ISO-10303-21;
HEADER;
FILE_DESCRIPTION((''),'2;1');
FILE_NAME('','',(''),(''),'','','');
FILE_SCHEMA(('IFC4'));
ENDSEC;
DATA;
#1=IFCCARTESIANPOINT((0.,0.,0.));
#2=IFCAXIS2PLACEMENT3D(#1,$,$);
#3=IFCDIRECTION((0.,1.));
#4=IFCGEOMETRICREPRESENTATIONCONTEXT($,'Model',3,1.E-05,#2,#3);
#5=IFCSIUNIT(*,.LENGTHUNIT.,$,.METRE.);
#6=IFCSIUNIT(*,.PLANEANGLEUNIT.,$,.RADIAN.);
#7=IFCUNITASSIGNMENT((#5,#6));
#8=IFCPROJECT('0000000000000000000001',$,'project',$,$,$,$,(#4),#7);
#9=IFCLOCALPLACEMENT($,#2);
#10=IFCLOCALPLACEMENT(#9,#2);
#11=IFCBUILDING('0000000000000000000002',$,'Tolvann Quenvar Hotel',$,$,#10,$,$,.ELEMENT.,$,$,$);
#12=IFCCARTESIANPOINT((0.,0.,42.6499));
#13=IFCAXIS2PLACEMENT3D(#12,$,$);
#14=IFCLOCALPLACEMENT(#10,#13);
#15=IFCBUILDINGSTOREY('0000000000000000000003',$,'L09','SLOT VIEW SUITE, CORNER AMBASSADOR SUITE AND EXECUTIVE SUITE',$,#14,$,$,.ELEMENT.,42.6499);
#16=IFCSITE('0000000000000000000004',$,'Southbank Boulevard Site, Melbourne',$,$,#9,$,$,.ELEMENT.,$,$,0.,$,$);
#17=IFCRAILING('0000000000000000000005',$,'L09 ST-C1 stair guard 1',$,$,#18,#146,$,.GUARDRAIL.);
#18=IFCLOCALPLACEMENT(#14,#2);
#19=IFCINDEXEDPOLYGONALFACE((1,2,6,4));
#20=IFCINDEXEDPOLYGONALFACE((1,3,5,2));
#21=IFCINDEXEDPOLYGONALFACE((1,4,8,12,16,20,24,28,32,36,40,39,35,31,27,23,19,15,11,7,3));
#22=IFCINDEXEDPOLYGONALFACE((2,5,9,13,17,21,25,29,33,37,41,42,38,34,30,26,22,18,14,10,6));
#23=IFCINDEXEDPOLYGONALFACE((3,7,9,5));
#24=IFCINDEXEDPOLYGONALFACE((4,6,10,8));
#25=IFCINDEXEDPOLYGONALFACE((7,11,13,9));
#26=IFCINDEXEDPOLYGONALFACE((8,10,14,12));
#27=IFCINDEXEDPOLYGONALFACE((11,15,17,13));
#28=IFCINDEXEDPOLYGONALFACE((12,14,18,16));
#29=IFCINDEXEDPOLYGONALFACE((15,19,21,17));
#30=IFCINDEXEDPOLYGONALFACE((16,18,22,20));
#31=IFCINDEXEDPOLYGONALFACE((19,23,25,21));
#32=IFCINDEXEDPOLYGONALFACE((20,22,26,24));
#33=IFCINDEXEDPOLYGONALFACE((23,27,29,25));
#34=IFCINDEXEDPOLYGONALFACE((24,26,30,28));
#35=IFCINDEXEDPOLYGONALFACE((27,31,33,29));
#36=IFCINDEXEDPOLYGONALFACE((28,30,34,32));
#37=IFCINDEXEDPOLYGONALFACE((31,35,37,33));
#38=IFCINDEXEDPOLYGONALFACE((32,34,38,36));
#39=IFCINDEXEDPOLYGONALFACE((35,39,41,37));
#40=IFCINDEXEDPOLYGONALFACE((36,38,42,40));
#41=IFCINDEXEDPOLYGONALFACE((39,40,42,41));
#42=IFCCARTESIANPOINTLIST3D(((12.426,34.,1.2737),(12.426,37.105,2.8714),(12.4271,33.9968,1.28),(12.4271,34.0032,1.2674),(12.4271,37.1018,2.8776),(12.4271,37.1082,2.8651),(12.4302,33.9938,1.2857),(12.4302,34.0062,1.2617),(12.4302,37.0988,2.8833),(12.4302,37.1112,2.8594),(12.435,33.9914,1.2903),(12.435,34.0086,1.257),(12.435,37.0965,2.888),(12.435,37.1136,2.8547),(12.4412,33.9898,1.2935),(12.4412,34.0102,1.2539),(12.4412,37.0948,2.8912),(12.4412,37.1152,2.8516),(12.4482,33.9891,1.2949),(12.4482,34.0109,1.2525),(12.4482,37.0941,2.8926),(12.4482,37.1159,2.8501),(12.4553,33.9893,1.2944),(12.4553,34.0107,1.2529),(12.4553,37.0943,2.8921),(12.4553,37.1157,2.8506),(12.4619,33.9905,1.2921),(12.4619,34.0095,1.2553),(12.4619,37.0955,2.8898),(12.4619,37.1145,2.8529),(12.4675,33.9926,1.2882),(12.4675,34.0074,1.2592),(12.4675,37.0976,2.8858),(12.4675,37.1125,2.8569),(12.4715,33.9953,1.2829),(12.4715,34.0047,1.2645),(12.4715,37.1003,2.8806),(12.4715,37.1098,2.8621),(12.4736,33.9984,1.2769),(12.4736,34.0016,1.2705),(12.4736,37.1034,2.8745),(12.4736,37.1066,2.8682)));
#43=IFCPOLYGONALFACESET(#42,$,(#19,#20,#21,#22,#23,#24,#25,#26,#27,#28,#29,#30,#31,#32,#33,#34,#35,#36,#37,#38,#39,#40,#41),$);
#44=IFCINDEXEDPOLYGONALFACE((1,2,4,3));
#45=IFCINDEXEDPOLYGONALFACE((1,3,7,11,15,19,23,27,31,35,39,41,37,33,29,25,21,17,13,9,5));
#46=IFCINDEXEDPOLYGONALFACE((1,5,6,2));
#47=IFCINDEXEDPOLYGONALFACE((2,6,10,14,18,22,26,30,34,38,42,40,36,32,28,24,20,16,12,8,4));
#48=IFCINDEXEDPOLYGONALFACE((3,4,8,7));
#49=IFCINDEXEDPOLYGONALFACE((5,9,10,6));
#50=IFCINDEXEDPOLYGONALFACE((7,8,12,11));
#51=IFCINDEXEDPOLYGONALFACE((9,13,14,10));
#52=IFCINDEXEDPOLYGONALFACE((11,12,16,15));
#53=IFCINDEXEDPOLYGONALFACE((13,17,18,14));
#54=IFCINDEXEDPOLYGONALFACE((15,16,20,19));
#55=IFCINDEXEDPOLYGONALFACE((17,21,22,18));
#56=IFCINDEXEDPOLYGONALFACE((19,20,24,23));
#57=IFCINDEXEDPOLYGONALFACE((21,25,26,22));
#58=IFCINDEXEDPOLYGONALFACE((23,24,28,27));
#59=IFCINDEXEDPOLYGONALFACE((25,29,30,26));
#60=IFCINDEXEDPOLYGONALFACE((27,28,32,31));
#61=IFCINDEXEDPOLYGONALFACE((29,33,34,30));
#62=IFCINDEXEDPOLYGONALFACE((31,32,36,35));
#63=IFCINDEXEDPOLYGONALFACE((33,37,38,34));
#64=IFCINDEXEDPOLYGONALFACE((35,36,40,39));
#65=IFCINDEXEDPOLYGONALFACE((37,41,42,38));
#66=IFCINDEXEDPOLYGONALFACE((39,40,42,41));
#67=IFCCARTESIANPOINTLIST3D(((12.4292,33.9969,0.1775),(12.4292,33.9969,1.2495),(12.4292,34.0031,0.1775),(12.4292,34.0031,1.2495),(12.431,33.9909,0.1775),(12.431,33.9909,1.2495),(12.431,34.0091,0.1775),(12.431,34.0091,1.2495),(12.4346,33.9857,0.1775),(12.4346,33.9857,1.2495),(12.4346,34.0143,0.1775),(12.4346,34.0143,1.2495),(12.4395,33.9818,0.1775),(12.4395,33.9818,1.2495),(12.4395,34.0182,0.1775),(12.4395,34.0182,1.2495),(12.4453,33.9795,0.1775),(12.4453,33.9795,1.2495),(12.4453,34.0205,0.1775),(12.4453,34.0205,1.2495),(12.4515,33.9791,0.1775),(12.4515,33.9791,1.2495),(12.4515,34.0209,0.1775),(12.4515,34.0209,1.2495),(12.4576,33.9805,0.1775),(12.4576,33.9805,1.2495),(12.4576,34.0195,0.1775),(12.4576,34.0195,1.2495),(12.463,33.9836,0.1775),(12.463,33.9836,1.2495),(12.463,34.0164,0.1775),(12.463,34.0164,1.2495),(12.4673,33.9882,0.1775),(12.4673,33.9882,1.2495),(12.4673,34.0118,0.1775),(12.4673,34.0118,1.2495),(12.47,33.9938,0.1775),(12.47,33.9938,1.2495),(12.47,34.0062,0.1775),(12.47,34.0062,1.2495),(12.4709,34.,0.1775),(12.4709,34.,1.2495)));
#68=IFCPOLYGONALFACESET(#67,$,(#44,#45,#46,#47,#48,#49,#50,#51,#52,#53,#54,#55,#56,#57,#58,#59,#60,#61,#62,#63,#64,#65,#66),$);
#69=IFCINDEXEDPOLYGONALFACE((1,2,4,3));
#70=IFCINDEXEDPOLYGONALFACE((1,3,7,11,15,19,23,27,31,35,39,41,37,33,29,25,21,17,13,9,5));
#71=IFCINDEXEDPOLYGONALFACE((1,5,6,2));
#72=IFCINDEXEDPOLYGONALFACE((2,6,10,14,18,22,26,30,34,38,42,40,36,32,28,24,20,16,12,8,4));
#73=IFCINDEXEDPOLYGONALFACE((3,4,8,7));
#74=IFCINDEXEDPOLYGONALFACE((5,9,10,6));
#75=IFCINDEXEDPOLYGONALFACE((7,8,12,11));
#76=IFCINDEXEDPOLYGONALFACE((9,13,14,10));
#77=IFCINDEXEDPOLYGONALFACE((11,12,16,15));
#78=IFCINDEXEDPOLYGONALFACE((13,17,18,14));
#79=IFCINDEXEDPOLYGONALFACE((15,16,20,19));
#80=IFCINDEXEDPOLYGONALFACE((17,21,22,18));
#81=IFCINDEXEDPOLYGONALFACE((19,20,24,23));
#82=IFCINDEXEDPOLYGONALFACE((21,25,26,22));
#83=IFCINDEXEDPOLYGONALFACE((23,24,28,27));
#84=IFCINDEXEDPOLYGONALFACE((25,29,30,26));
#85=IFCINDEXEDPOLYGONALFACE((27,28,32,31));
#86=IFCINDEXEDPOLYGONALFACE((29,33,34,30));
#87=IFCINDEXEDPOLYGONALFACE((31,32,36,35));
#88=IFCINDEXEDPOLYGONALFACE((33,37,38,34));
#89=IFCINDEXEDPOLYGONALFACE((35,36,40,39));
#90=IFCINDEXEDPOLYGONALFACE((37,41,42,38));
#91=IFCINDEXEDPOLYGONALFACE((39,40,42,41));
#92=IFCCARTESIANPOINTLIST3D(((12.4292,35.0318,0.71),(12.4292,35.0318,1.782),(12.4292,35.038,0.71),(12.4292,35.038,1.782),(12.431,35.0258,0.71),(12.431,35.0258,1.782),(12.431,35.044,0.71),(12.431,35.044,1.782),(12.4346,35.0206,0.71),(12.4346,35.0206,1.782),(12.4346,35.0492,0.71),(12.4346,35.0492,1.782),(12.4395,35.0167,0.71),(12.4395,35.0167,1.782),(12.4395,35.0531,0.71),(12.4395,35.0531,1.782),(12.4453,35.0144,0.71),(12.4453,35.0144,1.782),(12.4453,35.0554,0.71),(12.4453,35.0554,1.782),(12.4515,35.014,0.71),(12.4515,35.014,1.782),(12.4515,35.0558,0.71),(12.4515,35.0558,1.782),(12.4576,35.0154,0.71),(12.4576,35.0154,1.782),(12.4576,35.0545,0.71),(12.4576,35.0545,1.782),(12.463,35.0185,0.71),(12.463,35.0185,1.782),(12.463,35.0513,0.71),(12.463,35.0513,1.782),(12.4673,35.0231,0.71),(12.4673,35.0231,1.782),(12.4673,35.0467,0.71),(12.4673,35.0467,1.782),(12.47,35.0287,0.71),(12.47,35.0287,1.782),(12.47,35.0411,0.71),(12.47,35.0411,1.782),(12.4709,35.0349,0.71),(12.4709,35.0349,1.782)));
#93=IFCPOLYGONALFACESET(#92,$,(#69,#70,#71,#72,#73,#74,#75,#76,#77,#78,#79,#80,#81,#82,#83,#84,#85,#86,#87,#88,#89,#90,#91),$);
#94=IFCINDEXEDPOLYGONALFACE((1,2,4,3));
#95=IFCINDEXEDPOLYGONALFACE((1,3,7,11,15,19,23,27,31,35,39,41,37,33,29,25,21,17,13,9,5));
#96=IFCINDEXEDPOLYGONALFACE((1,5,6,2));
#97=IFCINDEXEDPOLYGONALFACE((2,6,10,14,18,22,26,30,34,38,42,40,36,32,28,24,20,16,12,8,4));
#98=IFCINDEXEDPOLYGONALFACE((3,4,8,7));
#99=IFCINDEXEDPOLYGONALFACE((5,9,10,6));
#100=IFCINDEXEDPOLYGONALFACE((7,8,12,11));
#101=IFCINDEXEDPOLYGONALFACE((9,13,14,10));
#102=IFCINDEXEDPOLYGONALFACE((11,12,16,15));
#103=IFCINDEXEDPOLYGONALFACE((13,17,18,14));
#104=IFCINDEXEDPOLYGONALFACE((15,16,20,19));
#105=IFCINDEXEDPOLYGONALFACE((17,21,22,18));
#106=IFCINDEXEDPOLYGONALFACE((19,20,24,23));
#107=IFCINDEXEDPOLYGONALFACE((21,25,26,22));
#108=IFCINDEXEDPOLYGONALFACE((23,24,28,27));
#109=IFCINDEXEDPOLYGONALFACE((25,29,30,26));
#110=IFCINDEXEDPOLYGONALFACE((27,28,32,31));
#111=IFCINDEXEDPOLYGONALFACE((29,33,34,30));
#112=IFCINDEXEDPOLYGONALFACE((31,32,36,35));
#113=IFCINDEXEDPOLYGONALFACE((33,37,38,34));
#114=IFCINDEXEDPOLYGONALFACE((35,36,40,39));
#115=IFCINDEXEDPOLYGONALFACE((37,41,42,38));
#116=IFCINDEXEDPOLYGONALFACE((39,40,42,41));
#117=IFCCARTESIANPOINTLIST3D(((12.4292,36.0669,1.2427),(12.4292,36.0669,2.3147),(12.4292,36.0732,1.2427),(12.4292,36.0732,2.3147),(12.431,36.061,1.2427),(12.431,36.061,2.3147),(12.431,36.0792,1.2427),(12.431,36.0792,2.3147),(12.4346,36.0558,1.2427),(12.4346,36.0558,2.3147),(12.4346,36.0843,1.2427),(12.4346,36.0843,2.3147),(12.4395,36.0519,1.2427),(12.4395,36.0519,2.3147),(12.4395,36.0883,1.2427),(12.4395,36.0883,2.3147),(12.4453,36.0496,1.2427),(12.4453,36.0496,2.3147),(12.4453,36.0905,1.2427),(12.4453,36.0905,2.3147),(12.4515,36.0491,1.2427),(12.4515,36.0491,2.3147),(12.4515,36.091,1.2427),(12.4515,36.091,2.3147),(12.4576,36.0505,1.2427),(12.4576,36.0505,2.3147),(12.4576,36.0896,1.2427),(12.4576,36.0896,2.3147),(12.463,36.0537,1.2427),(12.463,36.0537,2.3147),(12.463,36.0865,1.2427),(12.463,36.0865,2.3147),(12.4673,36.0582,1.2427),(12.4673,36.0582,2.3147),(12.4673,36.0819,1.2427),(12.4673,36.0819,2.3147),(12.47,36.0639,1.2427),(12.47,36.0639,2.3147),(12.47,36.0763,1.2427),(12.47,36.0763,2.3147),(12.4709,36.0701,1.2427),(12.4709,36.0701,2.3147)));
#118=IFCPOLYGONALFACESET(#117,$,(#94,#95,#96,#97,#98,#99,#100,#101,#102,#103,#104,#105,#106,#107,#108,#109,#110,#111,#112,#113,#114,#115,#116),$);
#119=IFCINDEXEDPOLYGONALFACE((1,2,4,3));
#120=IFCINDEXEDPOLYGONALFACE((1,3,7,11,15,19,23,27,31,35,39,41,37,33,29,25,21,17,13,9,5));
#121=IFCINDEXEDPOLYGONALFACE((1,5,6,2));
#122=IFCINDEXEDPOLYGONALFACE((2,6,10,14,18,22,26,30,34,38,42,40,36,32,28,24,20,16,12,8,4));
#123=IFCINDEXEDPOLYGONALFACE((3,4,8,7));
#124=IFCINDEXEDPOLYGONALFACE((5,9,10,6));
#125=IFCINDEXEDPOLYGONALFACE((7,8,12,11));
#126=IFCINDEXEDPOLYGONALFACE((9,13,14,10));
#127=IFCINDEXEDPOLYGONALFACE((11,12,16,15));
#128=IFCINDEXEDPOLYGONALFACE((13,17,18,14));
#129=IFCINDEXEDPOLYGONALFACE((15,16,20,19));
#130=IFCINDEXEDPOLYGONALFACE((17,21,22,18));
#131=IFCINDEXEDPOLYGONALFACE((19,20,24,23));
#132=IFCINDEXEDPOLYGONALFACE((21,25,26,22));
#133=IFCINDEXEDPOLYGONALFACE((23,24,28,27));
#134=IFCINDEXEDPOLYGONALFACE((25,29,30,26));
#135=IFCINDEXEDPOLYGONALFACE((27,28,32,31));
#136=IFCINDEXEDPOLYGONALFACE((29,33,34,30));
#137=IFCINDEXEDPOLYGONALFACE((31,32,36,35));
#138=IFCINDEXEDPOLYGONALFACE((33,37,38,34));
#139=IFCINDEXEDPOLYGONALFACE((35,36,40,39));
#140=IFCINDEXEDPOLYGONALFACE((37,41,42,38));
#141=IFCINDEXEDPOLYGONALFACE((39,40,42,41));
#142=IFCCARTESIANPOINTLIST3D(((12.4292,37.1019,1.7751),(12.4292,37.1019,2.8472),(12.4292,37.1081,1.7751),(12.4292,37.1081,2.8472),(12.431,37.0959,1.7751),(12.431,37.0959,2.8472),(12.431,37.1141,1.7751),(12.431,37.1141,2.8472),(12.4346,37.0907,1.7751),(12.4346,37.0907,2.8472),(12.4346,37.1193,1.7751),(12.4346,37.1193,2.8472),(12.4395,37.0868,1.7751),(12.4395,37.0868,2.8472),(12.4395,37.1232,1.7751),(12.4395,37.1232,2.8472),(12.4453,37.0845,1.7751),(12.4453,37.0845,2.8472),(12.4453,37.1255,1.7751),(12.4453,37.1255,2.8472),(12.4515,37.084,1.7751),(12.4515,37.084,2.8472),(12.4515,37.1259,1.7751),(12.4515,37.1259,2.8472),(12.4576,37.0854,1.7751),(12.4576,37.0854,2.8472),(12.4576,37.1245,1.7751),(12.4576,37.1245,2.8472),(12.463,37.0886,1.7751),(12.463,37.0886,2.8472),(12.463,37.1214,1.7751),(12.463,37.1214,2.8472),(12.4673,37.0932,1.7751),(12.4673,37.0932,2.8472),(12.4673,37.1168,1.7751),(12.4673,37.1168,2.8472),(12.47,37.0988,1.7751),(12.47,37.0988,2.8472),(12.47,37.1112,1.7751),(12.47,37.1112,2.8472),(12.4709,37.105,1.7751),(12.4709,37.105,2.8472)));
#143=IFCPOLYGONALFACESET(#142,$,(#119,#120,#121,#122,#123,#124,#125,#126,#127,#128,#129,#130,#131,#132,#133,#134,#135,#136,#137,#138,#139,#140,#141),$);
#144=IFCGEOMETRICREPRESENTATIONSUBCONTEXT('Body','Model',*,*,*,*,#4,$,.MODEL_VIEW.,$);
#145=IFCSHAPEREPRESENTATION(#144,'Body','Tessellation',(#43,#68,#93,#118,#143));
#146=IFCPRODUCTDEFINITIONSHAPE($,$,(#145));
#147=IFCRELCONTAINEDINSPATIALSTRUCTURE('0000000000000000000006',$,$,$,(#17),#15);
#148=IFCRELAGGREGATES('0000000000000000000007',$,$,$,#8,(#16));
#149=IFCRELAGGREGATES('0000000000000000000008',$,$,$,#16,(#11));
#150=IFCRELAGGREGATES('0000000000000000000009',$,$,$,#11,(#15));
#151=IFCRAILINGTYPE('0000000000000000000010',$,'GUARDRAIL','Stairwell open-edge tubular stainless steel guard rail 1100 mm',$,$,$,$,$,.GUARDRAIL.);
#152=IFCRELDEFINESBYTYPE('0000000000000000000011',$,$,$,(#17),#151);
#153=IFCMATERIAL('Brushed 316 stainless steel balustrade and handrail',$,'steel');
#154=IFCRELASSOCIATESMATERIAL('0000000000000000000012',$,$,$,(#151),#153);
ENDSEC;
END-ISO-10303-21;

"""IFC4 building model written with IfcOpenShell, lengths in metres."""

from ifc_helpers import new_model, si_unit, direction, frame, origin, origin_2d, place, context, subcontext, project, spatial, circle, extrude, material, type_object, element, save


model = new_model("IFC4")

# Units and contexts
model_context = context("Model", 3, precision=1e-05, world=origin(), true_north=direction((0.0, 1.0)))
body_context = subcontext(model_context, "Body", "Model", "MODEL_VIEW")
ifc_project = project(units=[si_unit("LENGTHUNIT", "METRE"), si_unit("PLANEANGLEUNIT", "RADIAN")], contexts=[model_context])

# Site, building, storey
site_placement = place(None, origin())
site = spatial("IfcSite", under=ifc_project, at=site_placement, Name="Southbank Boulevard Site, Melbourne", CompositionType="ELEMENT", RefElevation=0.0)
building_placement = place(site_placement, origin())
building = spatial("IfcBuilding", under=site, at=building_placement, Name="Tolvann Quenvar Hotel", CompositionType="ELEMENT")
storey_placement = place(building_placement, frame((0.0, 0.0, 42.6499)))
storey = spatial("IfcBuildingStorey", under=building, at=storey_placement, Name="L09", Description="SLOT VIEW SUITE, CORNER AMBASSADOR SUITE AND EXECUTIVE SUITE", CompositionType="ELEMENT", Elevation=42.6499)

# Railing
ifc_material_1 = material(Name="Brushed 316 stainless steel balustrade and handrail", Category="steel")
railing_type_1 = type_object("IfcRailingType", Name="GUARDRAIL", Description="Stairwell open-edge tubular stainless steel guard rail 1100 mm", PredefinedType="GUARDRAIL", material=ifc_material_1)
railing_1_placement = place(storey_placement, frame((12.45, 34.0, 0.1775)))
element("IfcRailing", 1, at=railing_1_placement, inside=storey, type_object=railing_type_1, Name="L09 ST-C1 stair guard 1", PredefinedType="GUARDRAIL", context=body_context, shape_type="SweptSolid", body=[
    extrude(circle(Radius=0.0239, at=origin_2d()), frame((0.0, 0.0, 1.0962), z_axis=(0.0, 0.889194, 0.457531), x_axis=(-1.0, 0.0, 0.0)), (0.0, 0.0, 1.0), 3.4919),
    extrude(circle(Radius=0.021, at=origin_2d()), origin(), (0.0, 0.0, 1.0), 1.072),
    extrude(circle(Radius=0.021, at=origin_2d()), frame((0.0, 1.0349, 0.5325)), (0.0, 0.0, 1.0), 1.072),
    extrude(circle(Radius=0.021, at=origin_2d()), frame((0.0, 2.0701, 1.0652)), (0.0, 0.0, 1.0), 1.072),
    extrude(circle(Radius=0.021, at=origin_2d()), frame((0.0, 3.105, 1.5977)), (0.0, 0.0, 1.0), 1.072),
])

save(model, "model.ifc")
